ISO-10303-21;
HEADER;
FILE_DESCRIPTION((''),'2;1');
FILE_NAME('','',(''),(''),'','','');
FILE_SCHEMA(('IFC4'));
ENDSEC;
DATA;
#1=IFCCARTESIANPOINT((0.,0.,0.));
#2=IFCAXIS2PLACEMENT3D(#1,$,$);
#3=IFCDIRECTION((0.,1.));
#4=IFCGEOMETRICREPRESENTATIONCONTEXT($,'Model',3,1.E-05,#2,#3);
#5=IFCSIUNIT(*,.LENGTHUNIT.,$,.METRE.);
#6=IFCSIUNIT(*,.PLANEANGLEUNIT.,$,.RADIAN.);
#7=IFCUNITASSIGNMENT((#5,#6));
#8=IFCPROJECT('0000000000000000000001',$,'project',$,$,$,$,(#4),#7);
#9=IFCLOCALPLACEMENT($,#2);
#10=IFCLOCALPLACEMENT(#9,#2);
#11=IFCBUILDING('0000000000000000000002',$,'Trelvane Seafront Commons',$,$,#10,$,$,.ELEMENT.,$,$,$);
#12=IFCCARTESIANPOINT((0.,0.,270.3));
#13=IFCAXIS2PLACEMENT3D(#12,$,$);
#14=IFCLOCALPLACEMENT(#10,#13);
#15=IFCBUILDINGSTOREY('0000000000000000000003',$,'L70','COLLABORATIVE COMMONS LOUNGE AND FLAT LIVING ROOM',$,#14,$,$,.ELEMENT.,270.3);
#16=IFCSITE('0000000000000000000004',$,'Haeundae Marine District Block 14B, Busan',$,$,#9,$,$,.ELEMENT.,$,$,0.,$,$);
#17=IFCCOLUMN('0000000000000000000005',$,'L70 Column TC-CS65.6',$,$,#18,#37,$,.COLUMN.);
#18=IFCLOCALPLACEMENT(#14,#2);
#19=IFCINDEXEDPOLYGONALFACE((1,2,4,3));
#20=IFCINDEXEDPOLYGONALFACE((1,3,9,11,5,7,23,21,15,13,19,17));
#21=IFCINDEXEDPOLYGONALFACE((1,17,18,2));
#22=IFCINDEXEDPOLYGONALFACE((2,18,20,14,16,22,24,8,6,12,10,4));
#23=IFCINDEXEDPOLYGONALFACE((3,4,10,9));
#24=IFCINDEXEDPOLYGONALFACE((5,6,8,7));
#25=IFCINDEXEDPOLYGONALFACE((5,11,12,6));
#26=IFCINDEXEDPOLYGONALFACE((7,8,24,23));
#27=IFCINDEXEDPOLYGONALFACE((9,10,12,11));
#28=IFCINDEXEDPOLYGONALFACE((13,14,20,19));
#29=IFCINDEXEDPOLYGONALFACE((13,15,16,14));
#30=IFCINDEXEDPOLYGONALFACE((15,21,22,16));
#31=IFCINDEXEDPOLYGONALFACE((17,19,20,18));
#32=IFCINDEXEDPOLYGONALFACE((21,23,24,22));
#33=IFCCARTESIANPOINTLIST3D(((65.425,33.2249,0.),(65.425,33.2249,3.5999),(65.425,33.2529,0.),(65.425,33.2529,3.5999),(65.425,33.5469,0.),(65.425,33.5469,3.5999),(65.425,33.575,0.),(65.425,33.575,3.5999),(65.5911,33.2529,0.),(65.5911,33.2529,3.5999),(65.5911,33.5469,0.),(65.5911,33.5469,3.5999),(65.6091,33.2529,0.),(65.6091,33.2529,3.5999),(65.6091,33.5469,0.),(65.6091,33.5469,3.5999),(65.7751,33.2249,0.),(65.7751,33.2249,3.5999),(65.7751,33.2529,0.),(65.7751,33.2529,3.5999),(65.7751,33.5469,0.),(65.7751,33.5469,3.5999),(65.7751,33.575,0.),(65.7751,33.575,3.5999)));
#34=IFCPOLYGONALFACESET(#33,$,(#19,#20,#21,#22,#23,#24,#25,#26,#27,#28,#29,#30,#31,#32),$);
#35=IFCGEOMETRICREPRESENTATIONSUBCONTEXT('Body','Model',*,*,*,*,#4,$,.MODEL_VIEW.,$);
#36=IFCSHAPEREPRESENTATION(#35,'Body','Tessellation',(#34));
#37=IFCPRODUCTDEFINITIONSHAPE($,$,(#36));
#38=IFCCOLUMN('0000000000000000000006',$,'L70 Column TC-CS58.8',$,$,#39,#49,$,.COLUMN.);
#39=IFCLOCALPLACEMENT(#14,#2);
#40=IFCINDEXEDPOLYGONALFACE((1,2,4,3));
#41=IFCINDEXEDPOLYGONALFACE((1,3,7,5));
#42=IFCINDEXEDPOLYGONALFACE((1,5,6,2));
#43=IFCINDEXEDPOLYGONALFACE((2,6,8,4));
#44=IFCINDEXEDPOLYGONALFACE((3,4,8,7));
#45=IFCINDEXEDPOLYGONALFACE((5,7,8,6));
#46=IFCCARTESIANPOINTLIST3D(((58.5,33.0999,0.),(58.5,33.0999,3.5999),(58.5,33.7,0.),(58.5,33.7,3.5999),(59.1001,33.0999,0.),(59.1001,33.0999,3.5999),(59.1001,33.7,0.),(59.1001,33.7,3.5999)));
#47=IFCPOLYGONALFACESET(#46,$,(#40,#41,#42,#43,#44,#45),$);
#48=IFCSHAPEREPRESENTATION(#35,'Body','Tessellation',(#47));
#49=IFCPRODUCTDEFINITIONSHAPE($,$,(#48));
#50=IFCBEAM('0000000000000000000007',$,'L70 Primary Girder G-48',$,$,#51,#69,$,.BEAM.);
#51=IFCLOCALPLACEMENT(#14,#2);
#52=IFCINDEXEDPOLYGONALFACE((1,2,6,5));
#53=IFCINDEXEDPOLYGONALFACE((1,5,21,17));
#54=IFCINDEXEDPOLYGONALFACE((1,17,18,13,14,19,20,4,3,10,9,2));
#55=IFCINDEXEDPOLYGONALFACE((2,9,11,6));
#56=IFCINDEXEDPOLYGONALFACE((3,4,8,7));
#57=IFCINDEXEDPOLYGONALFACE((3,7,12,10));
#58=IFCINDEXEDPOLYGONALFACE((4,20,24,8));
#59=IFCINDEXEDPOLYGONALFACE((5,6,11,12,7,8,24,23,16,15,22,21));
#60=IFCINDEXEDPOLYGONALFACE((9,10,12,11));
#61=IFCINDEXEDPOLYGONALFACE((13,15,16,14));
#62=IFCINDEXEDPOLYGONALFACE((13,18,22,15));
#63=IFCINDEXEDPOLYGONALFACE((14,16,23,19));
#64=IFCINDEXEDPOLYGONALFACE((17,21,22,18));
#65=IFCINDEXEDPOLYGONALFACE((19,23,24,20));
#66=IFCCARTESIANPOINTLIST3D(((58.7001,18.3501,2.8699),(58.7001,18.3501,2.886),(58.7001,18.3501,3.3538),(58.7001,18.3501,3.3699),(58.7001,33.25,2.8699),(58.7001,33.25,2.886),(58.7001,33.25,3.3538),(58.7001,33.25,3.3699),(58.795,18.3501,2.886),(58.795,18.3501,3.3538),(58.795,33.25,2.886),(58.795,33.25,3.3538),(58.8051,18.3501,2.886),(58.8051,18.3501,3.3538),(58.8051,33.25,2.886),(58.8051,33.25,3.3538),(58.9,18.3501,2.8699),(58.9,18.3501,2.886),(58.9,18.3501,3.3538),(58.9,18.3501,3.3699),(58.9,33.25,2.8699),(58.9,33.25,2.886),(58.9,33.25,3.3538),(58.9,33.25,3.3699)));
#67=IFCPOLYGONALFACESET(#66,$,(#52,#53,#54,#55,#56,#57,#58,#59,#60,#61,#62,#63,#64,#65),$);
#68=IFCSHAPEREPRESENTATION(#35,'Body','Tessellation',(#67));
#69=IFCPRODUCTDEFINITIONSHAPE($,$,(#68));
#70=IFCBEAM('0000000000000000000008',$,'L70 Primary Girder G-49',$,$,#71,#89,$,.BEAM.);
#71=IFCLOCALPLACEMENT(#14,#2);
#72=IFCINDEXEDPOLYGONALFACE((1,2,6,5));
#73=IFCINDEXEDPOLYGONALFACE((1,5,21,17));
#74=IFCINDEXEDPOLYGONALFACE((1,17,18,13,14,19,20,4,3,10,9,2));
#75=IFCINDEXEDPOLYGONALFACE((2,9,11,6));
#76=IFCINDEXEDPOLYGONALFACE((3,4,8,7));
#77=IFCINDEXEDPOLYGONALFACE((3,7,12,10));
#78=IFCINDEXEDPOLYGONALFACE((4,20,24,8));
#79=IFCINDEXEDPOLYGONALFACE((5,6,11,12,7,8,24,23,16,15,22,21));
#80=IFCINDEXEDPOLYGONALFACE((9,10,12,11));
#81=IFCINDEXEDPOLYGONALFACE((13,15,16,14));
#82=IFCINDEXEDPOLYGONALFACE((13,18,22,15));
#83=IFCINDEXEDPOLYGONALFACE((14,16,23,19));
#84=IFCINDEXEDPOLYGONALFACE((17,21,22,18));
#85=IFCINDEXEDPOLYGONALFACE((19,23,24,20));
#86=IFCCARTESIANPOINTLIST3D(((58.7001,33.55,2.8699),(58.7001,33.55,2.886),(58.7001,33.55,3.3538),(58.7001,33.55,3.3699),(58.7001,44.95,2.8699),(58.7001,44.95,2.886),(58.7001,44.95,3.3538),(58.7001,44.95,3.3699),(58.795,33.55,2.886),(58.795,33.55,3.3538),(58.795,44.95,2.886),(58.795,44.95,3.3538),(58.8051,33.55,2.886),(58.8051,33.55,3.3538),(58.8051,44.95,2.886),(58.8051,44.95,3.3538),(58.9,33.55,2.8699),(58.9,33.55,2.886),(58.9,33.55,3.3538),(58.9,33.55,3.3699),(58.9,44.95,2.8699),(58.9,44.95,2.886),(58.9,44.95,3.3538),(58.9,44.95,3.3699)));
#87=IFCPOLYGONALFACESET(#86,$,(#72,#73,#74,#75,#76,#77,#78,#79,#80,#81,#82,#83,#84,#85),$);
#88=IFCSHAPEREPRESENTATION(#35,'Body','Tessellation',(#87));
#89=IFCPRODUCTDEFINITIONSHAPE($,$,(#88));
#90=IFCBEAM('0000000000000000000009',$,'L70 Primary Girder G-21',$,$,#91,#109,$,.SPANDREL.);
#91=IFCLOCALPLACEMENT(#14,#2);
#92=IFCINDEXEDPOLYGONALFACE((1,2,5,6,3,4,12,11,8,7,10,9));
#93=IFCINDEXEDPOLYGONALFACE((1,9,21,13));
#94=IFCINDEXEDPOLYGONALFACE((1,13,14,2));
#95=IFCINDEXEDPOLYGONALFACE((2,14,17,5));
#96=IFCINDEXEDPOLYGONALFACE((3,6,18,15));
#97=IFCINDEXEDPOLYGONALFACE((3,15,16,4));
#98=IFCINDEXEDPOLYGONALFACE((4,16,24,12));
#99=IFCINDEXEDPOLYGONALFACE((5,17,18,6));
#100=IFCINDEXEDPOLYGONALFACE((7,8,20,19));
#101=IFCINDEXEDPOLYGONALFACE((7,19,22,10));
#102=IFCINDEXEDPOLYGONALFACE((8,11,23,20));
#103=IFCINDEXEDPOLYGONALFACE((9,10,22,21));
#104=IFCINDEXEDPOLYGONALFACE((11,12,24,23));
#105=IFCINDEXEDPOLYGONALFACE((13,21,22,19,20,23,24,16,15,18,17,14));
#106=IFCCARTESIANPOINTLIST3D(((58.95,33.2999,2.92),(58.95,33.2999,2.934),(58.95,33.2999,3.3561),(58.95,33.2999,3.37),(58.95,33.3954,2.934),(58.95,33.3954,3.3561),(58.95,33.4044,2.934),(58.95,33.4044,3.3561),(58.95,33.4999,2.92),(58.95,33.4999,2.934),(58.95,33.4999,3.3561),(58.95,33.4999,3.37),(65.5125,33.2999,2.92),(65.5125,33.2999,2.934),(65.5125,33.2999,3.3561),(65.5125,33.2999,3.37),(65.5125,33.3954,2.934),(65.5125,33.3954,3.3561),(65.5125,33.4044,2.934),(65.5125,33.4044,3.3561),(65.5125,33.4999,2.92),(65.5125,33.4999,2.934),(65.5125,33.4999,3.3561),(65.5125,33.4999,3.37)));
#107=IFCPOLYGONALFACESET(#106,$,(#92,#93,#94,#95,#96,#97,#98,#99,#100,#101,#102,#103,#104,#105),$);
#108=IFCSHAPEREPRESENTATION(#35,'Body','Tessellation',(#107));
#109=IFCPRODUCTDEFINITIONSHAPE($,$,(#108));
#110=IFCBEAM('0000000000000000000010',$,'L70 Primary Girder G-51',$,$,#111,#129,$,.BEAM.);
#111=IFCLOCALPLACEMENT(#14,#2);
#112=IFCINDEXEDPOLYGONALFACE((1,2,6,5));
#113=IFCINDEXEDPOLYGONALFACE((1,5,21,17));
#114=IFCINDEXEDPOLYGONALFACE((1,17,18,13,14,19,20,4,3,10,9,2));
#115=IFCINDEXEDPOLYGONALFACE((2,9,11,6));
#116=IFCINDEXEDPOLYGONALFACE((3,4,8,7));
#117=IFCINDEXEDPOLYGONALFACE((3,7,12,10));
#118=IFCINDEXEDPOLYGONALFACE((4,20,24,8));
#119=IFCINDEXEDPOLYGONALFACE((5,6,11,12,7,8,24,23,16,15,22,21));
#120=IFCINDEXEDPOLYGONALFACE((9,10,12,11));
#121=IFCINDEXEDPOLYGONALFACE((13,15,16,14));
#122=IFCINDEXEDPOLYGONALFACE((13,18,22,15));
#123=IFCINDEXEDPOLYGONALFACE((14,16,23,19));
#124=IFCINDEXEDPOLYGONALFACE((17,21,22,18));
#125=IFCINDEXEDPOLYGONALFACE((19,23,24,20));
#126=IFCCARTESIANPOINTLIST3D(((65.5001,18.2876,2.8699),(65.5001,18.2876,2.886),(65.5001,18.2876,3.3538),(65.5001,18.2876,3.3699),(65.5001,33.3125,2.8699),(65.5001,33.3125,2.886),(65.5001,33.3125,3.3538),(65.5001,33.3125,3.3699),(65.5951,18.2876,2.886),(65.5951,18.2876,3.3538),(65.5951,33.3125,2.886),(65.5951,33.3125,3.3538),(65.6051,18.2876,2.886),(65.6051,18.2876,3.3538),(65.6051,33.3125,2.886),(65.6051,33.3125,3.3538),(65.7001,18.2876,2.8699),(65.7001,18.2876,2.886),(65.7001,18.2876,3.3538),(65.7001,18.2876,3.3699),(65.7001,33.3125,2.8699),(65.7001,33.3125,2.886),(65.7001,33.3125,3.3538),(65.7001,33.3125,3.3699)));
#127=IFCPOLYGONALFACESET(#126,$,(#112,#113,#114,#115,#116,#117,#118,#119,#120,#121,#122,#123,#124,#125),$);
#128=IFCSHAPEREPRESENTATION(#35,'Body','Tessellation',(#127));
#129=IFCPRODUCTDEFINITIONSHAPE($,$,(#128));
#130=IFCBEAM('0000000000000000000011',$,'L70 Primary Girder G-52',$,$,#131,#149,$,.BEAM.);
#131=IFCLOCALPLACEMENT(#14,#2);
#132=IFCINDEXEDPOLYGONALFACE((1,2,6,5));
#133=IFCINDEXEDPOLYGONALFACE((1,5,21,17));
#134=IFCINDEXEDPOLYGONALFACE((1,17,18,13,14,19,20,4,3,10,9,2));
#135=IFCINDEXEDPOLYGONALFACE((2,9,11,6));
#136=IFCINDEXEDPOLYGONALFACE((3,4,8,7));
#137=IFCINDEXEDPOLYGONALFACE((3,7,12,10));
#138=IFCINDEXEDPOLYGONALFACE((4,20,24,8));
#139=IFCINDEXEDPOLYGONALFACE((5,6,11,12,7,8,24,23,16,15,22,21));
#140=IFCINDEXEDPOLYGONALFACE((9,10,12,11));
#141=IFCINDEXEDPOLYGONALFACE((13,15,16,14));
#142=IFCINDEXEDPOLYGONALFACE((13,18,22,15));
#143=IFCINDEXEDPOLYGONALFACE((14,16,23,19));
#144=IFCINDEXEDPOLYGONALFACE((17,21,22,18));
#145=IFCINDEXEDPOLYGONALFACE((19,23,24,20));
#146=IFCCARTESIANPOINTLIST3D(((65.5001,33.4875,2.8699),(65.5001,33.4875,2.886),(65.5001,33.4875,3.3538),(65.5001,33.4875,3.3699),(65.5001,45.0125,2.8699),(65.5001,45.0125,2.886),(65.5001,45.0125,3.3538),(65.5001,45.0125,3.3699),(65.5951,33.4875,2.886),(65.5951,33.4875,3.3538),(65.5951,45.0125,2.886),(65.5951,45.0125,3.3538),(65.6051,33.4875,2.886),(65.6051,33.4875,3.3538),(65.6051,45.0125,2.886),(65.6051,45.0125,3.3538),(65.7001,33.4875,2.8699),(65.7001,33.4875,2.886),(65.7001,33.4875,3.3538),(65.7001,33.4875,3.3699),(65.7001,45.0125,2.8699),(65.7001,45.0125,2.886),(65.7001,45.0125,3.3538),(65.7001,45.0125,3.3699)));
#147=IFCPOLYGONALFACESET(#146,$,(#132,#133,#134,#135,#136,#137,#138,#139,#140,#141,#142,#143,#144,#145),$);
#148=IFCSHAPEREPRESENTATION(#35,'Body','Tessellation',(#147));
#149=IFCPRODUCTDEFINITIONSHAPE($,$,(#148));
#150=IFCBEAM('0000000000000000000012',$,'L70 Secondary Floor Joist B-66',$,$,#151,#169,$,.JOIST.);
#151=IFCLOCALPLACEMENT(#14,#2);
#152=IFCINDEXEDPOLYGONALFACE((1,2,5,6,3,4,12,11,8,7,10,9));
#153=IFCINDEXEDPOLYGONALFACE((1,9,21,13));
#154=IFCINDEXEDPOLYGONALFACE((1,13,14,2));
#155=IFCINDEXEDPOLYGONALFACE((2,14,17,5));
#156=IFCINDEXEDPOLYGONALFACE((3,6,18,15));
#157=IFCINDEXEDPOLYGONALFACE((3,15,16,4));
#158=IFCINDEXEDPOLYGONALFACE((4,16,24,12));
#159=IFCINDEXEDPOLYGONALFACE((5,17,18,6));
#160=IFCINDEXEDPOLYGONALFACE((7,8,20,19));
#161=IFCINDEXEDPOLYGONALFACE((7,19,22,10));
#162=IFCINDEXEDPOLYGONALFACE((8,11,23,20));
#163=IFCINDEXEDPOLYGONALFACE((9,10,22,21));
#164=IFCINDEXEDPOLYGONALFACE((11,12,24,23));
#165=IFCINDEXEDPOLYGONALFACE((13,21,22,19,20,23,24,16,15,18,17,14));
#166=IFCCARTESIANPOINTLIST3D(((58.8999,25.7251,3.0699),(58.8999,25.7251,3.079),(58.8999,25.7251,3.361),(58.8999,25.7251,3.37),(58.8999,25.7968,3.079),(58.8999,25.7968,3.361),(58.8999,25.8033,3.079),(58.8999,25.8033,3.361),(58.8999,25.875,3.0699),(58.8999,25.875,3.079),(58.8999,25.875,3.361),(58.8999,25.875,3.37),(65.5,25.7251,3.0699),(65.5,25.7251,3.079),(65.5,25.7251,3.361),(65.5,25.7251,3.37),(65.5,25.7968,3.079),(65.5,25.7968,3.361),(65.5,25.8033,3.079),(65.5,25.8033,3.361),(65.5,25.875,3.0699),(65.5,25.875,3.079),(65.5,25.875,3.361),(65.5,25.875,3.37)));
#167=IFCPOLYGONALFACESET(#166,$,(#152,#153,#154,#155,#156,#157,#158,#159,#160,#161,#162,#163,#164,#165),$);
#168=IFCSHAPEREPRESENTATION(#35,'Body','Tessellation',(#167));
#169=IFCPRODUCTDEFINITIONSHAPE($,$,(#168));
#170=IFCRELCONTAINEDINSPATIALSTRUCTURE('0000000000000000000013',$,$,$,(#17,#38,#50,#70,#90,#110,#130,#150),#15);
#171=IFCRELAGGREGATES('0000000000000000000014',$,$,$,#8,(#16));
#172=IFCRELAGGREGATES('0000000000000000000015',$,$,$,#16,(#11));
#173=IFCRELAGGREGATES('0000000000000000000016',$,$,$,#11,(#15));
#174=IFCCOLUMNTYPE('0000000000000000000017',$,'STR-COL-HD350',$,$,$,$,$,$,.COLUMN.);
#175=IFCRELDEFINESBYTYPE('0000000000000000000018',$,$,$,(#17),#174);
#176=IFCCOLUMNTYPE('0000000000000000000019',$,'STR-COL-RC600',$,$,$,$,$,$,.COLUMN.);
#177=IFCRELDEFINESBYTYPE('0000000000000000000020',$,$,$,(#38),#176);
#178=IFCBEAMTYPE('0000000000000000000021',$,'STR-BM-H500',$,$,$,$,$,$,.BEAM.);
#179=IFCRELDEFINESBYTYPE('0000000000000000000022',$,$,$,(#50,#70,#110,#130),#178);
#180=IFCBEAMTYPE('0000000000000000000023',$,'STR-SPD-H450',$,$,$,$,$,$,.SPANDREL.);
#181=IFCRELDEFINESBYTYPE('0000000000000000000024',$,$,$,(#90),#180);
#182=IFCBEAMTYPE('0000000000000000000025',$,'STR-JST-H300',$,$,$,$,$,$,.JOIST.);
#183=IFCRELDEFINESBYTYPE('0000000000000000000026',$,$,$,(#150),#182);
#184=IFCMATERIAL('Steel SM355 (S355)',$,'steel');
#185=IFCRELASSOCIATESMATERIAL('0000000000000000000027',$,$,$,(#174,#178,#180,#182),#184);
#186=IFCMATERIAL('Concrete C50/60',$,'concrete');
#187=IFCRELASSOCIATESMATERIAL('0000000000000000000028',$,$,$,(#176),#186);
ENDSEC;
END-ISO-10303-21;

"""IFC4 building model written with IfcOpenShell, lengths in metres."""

from ifc_helpers import new_model, si_unit, direction, frame, origin, origin_2d, place, context, subcontext, project, spatial, rectangle, i_section, extrude, source, transform, mapped, material, material_profile, profile_set, type_object, element, save


model = new_model("IFC4")

# Units and contexts
model_context = context("Model", 3, precision=1e-05, world=origin(), true_north=direction((0.0, 1.0)))
body_context = subcontext(model_context, "Body", "Model", "MODEL_VIEW")
ifc_project = project(units=[si_unit("LENGTHUNIT", "METRE"), si_unit("PLANEANGLEUNIT", "RADIAN")], contexts=[model_context])

# Site, building, storey
site_placement = place(None, origin())
site = spatial("IfcSite", under=ifc_project, at=site_placement, Name="Haeundae Marine District Block 14B, Busan", CompositionType="ELEMENT", RefElevation=0.0)
building_placement = place(site_placement, origin())
building = spatial("IfcBuilding", under=site, at=building_placement, Name="Trelvane Seafront Commons", CompositionType="ELEMENT")
storey_placement = place(building_placement, frame((0.0, 0.0, 270.3)))
storey = spatial("IfcBuildingStorey", under=building, at=storey_placement, Name="L70", Description="COLLABORATIVE COMMONS LOUNGE AND FLAT LIVING ROOM", CompositionType="ELEMENT", Elevation=270.3)

# Columns
ifc_material_1 = material(Name="Steel SM355 (S355)", Category="steel")
ifc_material_profile_1 = material_profile(ifc_material_1, i_section(OverallWidth=0.3501, OverallDepth=0.3501, WebThickness=0.0181, FlangeThickness=0.0281, at=origin_2d()), Name="HD-350x350x18x28")
ifc_profile_set_1 = profile_set([ifc_material_profile_1], Name="Steel SM355 (S355)")
column_type_1 = type_object("IfcColumnType", Name="STR-COL-HD350", PredefinedType="COLUMN", material=ifc_profile_set_1)
shared_shape_1 = source(origin(), body_context, "Body", "SweptSolid", [
    extrude(i_section(OverallWidth=0.3501, OverallDepth=0.3501, WebThickness=0.0181, FlangeThickness=0.0281, at=origin_2d()), origin(), (0.0, 0.0, 1.0), 3.5999),
])
column_1_placement = place(storey_placement, frame((65.6001, 33.3999, 0.0), z_axis=(0.0, 0.0, 1.0), x_axis=(1.0, 0.0, 0.0)))
element("IfcColumn", 1, at=column_1_placement, inside=storey, type_object=column_type_1, Name="L70 Column TC-CS65.6", PredefinedType="COLUMN", context=body_context, shape_type="MappedRepresentation", body=[
    mapped(shared_shape_1, transform((0.0, 0.0, 0.0), x_axis=(1.0, 0.0, 0.0), y_axis=(0.0, 1.0, 0.0), z_axis=(0.0, 0.0, 1.0), scale=1.0)),
])
ifc_material_2 = material(Name="Concrete C50/60", Category="concrete")
ifc_material_profile_2 = material_profile(ifc_material_2, rectangle(XDim=0.6001, YDim=0.6001, at=origin_2d()), Name="RC-600x600")
ifc_profile_set_2 = profile_set([ifc_material_profile_2], Name="Concrete C50/60")
column_type_2 = type_object("IfcColumnType", Name="STR-COL-RC600", PredefinedType="COLUMN", material=ifc_profile_set_2)
shared_shape_2 = source(origin(), body_context, "Body", "SweptSolid", [
    extrude(rectangle(XDim=0.6001, YDim=0.6001, at=origin_2d()), origin(), (0.0, 0.0, 1.0), 3.5999),
])
column_2_placement = place(storey_placement, frame((58.8, 33.3999, 0.0), z_axis=(0.0, 0.0, 1.0), x_axis=(1.0, 0.0, 0.0)))
element("IfcColumn", 2, at=column_2_placement, inside=storey, type_object=column_type_2, Name="L70 Column TC-CS58.8", PredefinedType="COLUMN", context=body_context, shape_type="MappedRepresentation", body=[
    mapped(shared_shape_2, transform((0.0, 0.0, 0.0), x_axis=(1.0, 0.0, 0.0), y_axis=(0.0, 1.0, 0.0), z_axis=(0.0, 0.0, 1.0), scale=1.0)),
])

# Beams
ifc_material_profile_3 = material_profile(ifc_material_1, i_section(OverallWidth=0.2, OverallDepth=0.5, WebThickness=0.01, FlangeThickness=0.0161, at=origin_2d()), Name="H-500x200x10x16")
ifc_profile_set_3 = profile_set([ifc_material_profile_3], Name="Steel SM355 (S355)")
beam_type_1 = type_object("IfcBeamType", Name="STR-BM-H500", PredefinedType="BEAM", material=ifc_profile_set_3)
shared_shape_3 = source(origin(), body_context, "Body", "SweptSolid", [
    extrude(i_section(OverallWidth=0.2, OverallDepth=0.5, WebThickness=0.01, FlangeThickness=0.0161, at=origin_2d()), origin(), (0.0, 0.0, 1.0), 14.8999),
])
beam_1_placement = place(storey_placement, frame((58.8, 18.3501, 3.1199), z_axis=(0.0, 1.0, 0.0), x_axis=(-1.0, 0.0, 0.0)))
element("IfcBeam", 3, at=beam_1_placement, inside=storey, type_object=beam_type_1, Name="L70 Primary Girder G-48", PredefinedType="BEAM", context=body_context, shape_type="MappedRepresentation", body=[
    mapped(shared_shape_3, transform((0.0, 0.0, 0.0), x_axis=(1.0, 0.0, 0.0), y_axis=(0.0, 1.0, 0.0), z_axis=(0.0, 0.0, 1.0), scale=1.0)),
])
shared_shape_4 = source(origin(), body_context, "Body", "SweptSolid", [
    extrude(i_section(OverallWidth=0.2, OverallDepth=0.5, WebThickness=0.01, FlangeThickness=0.0161, at=origin_2d()), origin(), (0.0, 0.0, 1.0), 11.3999),
])
beam_2_placement = place(storey_placement, frame((58.8, 33.55, 3.1199), z_axis=(0.0, 1.0, 0.0), x_axis=(-1.0, 0.0, 0.0)))
element("IfcBeam", 4, at=beam_2_placement, inside=storey, type_object=beam_type_1, Name="L70 Primary Girder G-49", PredefinedType="BEAM", context=body_context, shape_type="MappedRepresentation", body=[
    mapped(shared_shape_4, transform((0.0, 0.0, 0.0), x_axis=(1.0, 0.0, 0.0), y_axis=(0.0, 1.0, 0.0), z_axis=(0.0, 0.0, 1.0), scale=1.0)),
])
ifc_material_profile_4 = material_profile(ifc_material_1, i_section(OverallWidth=0.2, OverallDepth=0.45, WebThickness=0.009, FlangeThickness=0.0139, at=origin_2d()), Name="H-450x200x9x14")
ifc_profile_set_4 = profile_set([ifc_material_profile_4], Name="Steel SM355 (S355)")
beam_type_2 = type_object("IfcBeamType", Name="STR-SPD-H450", PredefinedType="SPANDREL", material=ifc_profile_set_4)
shared_shape_5 = source(origin(), body_context, "Body", "SweptSolid", [
    extrude(i_section(OverallWidth=0.2, OverallDepth=0.45, WebThickness=0.009, FlangeThickness=0.0139, at=origin_2d()), origin(), (0.0, 0.0, 1.0), 6.5625),
])
beam_3_placement = place(storey_placement, frame((58.95, 33.3999, 3.145), z_axis=(1.0, 0.0, 0.0), x_axis=(0.0, 1.0, 0.0)))
element("IfcBeam", 5, at=beam_3_placement, inside=storey, type_object=beam_type_2, Name="L70 Primary Girder G-21", PredefinedType="SPANDREL", context=body_context, shape_type="MappedRepresentation", body=[
    mapped(shared_shape_5, transform((0.0, 0.0, 0.0), x_axis=(1.0, 0.0, 0.0), y_axis=(0.0, 1.0, 0.0), z_axis=(0.0, 0.0, 1.0), scale=1.0)),
])
shared_shape_6 = source(origin(), body_context, "Body", "SweptSolid", [
    extrude(i_section(OverallWidth=0.2, OverallDepth=0.5, WebThickness=0.01, FlangeThickness=0.0161, at=origin_2d()), origin(), (0.0, 0.0, 1.0), 15.0249),
])
beam_4_placement = place(storey_placement, frame((65.6001, 18.2876, 3.1199), z_axis=(0.0, 1.0, 0.0), x_axis=(-1.0, 0.0, 0.0)))
element("IfcBeam", 6, at=beam_4_placement, inside=storey, type_object=beam_type_1, Name="L70 Primary Girder G-51", PredefinedType="BEAM", context=body_context, shape_type="MappedRepresentation", body=[
    mapped(shared_shape_6, transform((0.0, 0.0, 0.0), x_axis=(1.0, 0.0, 0.0), y_axis=(0.0, 1.0, 0.0), z_axis=(0.0, 0.0, 1.0), scale=1.0)),
])
shared_shape_7 = source(origin(), body_context, "Body", "SweptSolid", [
    extrude(i_section(OverallWidth=0.2, OverallDepth=0.5, WebThickness=0.01, FlangeThickness=0.0161, at=origin_2d()), origin(), (0.0, 0.0, 1.0), 11.5249),
])
beam_5_placement = place(storey_placement, frame((65.6001, 33.4875, 3.1199), z_axis=(0.0, 1.0, 0.0), x_axis=(-1.0, 0.0, 0.0)))
element("IfcBeam", 7, at=beam_5_placement, inside=storey, type_object=beam_type_1, Name="L70 Primary Girder G-52", PredefinedType="BEAM", context=body_context, shape_type="MappedRepresentation", body=[
    mapped(shared_shape_7, transform((0.0, 0.0, 0.0), x_axis=(1.0, 0.0, 0.0), y_axis=(0.0, 1.0, 0.0), z_axis=(0.0, 0.0, 1.0), scale=1.0)),
])
ifc_material_profile_5 = material_profile(ifc_material_1, i_section(OverallWidth=0.1499, OverallDepth=0.3, WebThickness=0.0066, FlangeThickness=0.009, at=origin_2d()), Name="H-300x150x6.5x9")
ifc_profile_set_5 = profile_set([ifc_material_profile_5], Name="Steel SM355 (S355)")
beam_type_3 = type_object("IfcBeamType", Name="STR-JST-H300", PredefinedType="JOIST", material=ifc_profile_set_5)
shared_shape_8 = source(origin(), body_context, "Body", "SweptSolid", [
    extrude(i_section(OverallWidth=0.1499, OverallDepth=0.3, WebThickness=0.0066, FlangeThickness=0.009, at=origin_2d()), origin(), (0.0, 0.0, 1.0), 6.6001),
])
beam_6_placement = place(storey_placement, frame((58.8999, 25.8, 3.22), z_axis=(1.0, 0.0, 0.0), x_axis=(0.0, 1.0, 0.0)))
element("IfcBeam", 8, at=beam_6_placement, inside=storey, type_object=beam_type_3, Name="L70 Secondary Floor Joist B-66", PredefinedType="JOIST", context=body_context, shape_type="MappedRepresentation", body=[
    mapped(shared_shape_8, transform((0.0, 0.0, 0.0), x_axis=(1.0, 0.0, 0.0), y_axis=(0.0, 1.0, 0.0), z_axis=(0.0, 0.0, 1.0), scale=1.0)),
])

save(model, "model.ifc")
